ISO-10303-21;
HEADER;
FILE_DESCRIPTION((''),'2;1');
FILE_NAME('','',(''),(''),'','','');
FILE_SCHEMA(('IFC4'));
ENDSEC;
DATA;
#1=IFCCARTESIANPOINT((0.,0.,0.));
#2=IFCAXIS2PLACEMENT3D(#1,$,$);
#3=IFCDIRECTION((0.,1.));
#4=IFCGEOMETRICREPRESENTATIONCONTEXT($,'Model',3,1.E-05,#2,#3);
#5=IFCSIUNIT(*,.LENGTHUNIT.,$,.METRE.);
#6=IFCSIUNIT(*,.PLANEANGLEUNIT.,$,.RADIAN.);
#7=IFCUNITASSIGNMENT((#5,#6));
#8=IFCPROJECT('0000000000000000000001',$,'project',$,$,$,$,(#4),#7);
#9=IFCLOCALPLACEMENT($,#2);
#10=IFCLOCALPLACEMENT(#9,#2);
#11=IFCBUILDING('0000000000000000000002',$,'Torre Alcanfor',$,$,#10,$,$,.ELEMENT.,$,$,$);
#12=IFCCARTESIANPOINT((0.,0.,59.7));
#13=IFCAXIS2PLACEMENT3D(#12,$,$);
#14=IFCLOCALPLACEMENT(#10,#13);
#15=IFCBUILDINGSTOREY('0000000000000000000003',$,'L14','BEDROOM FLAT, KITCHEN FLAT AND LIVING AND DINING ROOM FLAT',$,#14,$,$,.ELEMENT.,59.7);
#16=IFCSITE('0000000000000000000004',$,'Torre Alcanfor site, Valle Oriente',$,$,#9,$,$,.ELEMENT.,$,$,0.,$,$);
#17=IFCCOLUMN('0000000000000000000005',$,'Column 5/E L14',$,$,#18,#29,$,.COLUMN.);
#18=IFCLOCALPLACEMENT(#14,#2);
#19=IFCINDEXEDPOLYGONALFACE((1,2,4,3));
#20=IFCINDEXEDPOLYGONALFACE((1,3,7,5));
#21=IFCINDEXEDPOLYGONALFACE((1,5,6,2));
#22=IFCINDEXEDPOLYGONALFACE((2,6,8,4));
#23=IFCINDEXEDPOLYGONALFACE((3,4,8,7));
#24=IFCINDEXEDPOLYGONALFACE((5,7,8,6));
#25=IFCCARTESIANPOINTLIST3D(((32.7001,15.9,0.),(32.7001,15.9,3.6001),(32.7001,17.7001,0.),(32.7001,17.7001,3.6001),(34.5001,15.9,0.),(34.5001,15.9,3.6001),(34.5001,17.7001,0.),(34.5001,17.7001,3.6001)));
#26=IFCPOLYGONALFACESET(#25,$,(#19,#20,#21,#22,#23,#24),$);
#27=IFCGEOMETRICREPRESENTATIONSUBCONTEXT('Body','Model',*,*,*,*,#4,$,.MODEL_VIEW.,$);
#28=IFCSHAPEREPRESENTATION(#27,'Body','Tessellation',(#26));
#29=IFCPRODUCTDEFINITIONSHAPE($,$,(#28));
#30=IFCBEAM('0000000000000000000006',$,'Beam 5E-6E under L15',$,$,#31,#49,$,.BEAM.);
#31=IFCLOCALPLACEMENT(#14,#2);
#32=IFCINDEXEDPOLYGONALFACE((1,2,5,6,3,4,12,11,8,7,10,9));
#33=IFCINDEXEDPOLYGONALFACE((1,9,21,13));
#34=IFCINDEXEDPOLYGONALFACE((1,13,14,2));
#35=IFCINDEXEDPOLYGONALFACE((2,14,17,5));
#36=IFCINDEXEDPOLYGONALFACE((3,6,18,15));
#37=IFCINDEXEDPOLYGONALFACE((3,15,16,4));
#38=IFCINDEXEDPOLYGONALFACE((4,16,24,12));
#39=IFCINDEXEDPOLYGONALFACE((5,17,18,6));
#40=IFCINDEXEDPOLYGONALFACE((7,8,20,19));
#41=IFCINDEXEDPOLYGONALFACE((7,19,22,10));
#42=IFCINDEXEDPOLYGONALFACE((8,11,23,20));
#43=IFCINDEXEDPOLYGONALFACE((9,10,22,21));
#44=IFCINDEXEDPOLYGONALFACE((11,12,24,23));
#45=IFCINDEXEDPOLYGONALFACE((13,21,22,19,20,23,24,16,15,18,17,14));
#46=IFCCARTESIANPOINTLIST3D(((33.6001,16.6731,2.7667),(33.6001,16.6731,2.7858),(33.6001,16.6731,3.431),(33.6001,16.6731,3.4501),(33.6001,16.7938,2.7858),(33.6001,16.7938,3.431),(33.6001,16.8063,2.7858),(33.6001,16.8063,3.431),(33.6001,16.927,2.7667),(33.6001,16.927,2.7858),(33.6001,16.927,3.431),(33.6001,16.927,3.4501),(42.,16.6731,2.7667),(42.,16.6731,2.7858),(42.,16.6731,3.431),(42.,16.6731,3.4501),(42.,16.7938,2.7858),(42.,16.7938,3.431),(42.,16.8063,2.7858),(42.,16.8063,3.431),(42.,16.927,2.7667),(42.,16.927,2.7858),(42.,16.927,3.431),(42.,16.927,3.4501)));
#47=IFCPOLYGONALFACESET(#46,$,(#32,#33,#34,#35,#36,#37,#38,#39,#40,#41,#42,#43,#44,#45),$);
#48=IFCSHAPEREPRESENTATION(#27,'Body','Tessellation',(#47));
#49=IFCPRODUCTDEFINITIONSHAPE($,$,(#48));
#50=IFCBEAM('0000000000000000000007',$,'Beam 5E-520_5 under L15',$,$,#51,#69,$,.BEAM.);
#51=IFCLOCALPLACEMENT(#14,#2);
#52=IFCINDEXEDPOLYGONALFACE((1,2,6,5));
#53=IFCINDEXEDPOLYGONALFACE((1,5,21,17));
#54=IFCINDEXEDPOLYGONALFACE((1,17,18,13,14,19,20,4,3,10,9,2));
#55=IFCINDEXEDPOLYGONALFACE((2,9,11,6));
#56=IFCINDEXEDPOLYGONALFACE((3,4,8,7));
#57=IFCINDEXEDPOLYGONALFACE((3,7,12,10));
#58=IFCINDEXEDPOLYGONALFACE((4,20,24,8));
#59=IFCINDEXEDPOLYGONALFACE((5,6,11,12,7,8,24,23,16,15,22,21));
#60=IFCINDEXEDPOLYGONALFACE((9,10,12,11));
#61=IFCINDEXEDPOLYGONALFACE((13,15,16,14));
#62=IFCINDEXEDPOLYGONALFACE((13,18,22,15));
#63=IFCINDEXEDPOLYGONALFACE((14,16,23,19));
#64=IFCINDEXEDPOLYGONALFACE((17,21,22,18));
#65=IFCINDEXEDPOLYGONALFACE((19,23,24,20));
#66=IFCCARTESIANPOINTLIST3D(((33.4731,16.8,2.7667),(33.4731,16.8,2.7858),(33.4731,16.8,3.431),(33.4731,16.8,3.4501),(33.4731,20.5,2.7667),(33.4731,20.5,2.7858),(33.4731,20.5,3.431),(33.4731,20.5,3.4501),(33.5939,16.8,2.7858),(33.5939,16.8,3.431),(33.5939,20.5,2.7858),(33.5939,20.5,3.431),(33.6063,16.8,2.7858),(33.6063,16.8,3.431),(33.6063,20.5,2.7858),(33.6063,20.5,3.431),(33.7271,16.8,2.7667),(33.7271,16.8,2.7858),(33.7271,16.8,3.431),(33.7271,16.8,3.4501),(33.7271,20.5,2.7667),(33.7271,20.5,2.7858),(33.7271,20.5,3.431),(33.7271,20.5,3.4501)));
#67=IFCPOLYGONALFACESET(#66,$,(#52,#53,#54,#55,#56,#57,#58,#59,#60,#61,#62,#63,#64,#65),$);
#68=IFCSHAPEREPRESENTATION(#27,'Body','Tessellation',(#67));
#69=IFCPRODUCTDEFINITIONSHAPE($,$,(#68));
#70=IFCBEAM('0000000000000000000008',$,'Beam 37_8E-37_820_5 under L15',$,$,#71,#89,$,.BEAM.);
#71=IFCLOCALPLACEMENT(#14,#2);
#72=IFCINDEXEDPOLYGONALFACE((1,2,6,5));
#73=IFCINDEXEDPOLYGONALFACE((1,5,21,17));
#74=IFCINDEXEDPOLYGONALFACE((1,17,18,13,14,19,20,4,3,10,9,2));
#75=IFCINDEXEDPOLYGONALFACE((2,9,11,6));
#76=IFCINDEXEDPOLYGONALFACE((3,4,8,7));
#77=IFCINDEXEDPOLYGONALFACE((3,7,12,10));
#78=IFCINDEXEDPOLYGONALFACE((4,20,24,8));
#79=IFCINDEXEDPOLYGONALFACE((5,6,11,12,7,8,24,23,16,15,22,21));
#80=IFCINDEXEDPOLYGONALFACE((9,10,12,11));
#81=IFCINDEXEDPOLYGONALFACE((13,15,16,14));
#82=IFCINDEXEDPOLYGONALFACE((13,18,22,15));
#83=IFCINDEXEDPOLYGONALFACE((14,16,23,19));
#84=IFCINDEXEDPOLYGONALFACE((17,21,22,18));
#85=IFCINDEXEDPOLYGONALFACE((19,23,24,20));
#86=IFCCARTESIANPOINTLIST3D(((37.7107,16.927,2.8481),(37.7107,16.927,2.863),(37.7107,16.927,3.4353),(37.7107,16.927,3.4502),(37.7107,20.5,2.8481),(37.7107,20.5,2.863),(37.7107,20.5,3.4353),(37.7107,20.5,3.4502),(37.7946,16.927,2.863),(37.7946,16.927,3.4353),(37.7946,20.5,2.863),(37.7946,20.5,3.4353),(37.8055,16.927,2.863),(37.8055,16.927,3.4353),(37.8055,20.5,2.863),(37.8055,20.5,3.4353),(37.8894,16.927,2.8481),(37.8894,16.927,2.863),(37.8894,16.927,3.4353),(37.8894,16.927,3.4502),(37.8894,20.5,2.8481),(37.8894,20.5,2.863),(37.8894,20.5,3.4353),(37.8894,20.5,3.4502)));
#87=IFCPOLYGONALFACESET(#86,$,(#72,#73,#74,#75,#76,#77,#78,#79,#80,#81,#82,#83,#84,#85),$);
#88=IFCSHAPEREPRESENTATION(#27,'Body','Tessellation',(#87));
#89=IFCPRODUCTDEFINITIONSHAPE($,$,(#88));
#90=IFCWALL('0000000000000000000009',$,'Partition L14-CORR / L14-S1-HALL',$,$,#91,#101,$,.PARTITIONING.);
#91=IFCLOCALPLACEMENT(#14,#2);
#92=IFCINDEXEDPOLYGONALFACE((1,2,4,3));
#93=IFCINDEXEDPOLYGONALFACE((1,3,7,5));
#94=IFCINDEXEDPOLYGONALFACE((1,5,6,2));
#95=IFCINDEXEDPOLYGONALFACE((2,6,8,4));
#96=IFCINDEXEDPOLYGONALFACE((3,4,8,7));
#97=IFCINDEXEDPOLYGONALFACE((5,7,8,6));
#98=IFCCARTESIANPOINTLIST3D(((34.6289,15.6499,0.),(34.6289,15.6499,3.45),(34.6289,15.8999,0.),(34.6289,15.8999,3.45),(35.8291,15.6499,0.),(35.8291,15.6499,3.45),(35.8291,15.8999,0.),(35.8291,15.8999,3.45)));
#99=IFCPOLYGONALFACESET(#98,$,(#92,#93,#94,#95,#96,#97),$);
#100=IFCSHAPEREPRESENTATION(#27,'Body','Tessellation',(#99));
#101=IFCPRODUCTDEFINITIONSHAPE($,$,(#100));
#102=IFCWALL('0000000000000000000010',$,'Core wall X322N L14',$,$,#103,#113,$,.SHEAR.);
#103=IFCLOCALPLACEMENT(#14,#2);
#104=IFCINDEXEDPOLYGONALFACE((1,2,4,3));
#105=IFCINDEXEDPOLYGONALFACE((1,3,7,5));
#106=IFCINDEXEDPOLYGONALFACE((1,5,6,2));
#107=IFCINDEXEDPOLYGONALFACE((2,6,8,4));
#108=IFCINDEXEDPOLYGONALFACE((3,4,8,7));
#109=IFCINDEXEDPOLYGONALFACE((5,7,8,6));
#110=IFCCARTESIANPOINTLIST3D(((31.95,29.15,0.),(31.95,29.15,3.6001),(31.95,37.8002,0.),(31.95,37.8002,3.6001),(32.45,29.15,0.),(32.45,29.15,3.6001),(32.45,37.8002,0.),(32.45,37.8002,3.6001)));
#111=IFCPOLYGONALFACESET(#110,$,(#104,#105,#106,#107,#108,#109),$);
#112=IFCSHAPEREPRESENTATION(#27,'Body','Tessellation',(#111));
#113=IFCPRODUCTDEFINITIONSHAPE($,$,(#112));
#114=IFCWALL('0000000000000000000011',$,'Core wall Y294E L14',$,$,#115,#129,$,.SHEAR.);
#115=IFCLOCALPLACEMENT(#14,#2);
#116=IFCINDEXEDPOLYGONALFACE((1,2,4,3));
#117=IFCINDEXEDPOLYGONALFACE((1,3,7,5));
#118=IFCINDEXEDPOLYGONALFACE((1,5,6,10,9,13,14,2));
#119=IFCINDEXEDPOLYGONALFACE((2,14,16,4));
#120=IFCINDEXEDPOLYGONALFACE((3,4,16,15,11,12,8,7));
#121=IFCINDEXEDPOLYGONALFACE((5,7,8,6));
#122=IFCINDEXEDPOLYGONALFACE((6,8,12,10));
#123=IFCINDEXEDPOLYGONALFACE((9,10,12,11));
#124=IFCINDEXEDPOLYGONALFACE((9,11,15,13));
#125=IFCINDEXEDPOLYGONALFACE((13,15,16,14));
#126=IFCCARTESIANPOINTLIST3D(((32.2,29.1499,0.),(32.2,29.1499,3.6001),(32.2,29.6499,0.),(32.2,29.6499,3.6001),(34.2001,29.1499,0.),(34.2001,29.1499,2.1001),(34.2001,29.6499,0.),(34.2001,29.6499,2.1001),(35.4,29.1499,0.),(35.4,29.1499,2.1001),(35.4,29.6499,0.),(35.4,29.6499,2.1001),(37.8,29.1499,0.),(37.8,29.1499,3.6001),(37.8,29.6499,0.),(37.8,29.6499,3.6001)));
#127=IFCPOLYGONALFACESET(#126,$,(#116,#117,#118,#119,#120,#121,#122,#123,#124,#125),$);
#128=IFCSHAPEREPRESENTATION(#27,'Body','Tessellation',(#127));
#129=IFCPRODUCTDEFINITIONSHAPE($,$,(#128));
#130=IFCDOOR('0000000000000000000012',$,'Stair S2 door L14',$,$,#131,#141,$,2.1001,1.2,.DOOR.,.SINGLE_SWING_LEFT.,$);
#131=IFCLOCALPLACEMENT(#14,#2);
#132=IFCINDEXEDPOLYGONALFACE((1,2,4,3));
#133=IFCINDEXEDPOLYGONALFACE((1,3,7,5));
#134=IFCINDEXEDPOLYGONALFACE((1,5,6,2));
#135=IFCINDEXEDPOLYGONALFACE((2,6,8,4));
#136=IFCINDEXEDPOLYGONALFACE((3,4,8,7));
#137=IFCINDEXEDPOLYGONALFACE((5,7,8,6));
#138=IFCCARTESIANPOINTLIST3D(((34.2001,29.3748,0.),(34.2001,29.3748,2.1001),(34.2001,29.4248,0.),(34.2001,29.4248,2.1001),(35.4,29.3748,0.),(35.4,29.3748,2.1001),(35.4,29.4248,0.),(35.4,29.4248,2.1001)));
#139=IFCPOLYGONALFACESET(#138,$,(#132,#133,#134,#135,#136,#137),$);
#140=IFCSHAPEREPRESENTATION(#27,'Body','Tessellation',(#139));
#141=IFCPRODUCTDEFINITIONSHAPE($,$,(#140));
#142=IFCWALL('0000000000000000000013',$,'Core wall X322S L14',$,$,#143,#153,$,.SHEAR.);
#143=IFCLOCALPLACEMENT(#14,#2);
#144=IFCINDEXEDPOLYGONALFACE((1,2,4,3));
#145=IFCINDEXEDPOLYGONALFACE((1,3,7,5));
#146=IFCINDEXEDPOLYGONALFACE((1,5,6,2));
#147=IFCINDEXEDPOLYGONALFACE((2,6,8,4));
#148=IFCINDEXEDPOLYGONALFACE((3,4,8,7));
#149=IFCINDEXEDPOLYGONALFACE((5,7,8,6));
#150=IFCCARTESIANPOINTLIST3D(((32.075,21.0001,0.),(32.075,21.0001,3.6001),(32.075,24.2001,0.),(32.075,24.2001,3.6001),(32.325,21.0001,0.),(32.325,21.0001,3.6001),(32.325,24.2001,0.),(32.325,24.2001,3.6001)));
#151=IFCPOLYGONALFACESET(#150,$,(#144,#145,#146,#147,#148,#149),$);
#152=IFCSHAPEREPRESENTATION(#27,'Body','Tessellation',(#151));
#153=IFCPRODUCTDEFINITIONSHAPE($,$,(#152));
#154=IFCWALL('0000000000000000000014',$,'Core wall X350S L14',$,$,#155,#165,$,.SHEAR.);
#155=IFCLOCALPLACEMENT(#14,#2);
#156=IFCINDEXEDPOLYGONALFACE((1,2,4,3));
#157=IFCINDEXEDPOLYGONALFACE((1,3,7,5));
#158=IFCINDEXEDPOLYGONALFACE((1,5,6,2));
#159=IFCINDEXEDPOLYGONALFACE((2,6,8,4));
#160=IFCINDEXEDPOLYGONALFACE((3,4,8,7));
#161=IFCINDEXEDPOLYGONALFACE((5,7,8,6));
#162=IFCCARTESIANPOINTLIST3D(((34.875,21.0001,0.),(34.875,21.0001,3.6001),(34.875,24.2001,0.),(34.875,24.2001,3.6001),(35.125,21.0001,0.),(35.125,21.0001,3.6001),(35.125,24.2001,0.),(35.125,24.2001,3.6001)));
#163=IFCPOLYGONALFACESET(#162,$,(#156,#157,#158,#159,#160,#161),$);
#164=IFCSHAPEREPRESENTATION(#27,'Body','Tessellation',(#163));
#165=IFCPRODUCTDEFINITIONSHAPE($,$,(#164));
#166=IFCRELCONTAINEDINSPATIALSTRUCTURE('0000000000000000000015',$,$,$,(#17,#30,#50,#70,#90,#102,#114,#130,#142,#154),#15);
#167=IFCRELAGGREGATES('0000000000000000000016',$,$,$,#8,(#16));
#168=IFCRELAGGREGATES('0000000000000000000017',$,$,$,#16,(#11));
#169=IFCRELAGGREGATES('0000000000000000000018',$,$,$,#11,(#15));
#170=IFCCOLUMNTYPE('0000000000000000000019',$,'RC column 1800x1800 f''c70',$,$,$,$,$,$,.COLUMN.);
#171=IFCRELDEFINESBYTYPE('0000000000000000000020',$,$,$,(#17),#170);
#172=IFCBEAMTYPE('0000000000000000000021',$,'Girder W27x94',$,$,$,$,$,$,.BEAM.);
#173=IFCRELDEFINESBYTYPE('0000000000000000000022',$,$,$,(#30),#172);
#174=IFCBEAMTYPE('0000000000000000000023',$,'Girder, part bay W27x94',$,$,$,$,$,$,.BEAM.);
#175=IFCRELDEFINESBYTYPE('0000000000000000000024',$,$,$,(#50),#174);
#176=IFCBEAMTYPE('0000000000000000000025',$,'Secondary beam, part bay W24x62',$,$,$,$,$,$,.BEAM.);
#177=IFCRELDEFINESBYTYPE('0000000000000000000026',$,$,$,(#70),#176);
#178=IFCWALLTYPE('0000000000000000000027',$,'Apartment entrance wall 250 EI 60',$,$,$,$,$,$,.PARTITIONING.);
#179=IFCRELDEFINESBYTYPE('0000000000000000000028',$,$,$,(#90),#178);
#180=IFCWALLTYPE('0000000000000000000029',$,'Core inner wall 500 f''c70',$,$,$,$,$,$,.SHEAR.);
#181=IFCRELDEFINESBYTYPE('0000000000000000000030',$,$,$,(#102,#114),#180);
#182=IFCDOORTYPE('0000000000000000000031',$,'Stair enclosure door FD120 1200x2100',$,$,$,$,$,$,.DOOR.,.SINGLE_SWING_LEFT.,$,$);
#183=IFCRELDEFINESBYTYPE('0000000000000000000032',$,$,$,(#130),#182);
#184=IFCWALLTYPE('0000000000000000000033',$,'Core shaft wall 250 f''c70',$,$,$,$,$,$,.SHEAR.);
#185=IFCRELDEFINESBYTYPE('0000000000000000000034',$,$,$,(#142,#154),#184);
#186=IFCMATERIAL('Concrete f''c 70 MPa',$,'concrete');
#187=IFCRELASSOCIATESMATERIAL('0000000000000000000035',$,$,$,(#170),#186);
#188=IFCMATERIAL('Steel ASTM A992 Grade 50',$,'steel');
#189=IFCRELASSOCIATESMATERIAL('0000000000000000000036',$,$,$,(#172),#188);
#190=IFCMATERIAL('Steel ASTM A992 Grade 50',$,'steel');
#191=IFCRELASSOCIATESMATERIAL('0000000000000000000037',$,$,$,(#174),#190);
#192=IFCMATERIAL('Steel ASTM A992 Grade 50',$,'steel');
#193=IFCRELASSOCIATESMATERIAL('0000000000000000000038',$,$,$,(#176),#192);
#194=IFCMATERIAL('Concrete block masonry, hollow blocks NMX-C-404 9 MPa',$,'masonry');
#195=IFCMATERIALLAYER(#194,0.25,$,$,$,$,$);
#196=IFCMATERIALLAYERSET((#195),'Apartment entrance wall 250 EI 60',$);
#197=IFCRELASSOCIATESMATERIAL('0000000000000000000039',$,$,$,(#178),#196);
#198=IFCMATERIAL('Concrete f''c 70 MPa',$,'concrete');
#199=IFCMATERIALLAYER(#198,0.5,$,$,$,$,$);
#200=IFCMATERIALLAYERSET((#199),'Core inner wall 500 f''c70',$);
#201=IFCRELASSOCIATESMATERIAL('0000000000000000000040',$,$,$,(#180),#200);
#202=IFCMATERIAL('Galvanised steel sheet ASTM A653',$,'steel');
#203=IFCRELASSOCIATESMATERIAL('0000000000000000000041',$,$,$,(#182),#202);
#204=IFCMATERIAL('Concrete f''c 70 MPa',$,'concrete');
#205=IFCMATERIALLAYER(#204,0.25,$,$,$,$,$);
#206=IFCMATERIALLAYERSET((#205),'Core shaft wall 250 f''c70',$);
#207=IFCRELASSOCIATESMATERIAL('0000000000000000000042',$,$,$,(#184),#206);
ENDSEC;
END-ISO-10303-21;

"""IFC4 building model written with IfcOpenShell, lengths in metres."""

from ifc_helpers import new_model, si_unit, direction, frame, frame_2d, origin, origin_2d, place, context, subcontext, project, spatial, rectangle, i_section, extrude, material, layer, layer_set, material_profile, profile_set, type_object, element, fill, save


model = new_model("IFC4")

# Units and contexts
model_context = context("Model", 3, precision=1e-05, world=origin(), true_north=direction((0.0, 1.0)))
body_context = subcontext(model_context, "Body", "Model", "MODEL_VIEW")
ifc_project = project(units=[si_unit("LENGTHUNIT", "METRE"), si_unit("PLANEANGLEUNIT", "RADIAN")], contexts=[model_context])

# Site, building, storey
site_placement = place(None, origin())
site = spatial("IfcSite", under=ifc_project, at=site_placement, Name="Torre Alcanfor site, Valle Oriente", CompositionType="ELEMENT", RefElevation=0.0)
building_placement = place(site_placement, origin())
building = spatial("IfcBuilding", under=site, at=building_placement, Name="Torre Alcanfor", CompositionType="ELEMENT")
storey_placement = place(building_placement, frame((0.0, 0.0, 59.7)))
storey = spatial("IfcBuildingStorey", under=building, at=storey_placement, Name="L14", Description="BEDROOM FLAT, KITCHEN FLAT AND LIVING AND DINING ROOM FLAT", CompositionType="ELEMENT", Elevation=59.7)

# Column
ifc_material_1 = material(Name="Concrete f'c 70 MPa", Category="concrete")
ifc_material_profile_1 = material_profile(ifc_material_1, rectangle(XDim=1.8, YDim=1.8, at=origin_2d()), Name="1800x1800")
ifc_profile_set_1 = profile_set([ifc_material_profile_1], Name="Concrete f'c 70 MPa")
column_type = type_object("IfcColumnType", Name="RC column 1800x1800 f'c70", PredefinedType="COLUMN", material=ifc_profile_set_1)
column_placement = place(storey_placement, frame((33.6001, 16.8, 0.0), z_axis=(0.0, 0.0, 1.0), x_axis=(1.0, 0.0, 0.0)))
element("IfcColumn", 1, at=column_placement, inside=storey, type_object=column_type, Name="Column 5/E L14", PredefinedType="COLUMN", context=body_context, shape_type="SweptSolid", body=[
    extrude(rectangle(XDim=1.8, YDim=1.8, at=origin_2d()), origin(), (0.0, 0.0, 1.0), 3.6001),
])

# Beams
ifc_material_2 = material(Name="Steel ASTM A992 Grade 50", Category="steel")
ifc_material_profile_2 = material_profile(ifc_material_2, i_section(OverallWidth=0.2539, OverallDepth=0.6833, WebThickness=0.0125, FlangeThickness=0.019, at=origin_2d()), Name="W27x94")
ifc_profile_set_2 = profile_set([ifc_material_profile_2], Name="Steel ASTM A992 Grade 50")
beam_type_1 = type_object("IfcBeamType", Name="Girder W27x94", PredefinedType="BEAM", material=ifc_profile_set_2)
beam_1_placement = place(storey_placement, frame((33.6001, 16.8, 3.1084), z_axis=(1.0, 0.0, 0.0), x_axis=(0.0, 1.0, 0.0)))
element("IfcBeam", 2, at=beam_1_placement, inside=storey, type_object=beam_type_1, Name="Beam 5E-6E under L15", PredefinedType="BEAM", context=body_context, shape_type="SweptSolid", body=[
    extrude(i_section(OverallWidth=0.2539, OverallDepth=0.6833, WebThickness=0.0125, FlangeThickness=0.019, at=origin_2d()), origin(), (0.0, 0.0, 1.0), 8.3999),
])
ifc_material_3 = material(Name="Steel ASTM A992 Grade 50", Category="steel")
ifc_material_profile_3 = material_profile(ifc_material_3, i_section(OverallWidth=0.2539, OverallDepth=0.6833, WebThickness=0.0125, FlangeThickness=0.019, at=origin_2d()), Name="W27x94")
ifc_profile_set_3 = profile_set([ifc_material_profile_3], Name="Steel ASTM A992 Grade 50")
beam_type_2 = type_object("IfcBeamType", Name="Girder, part bay W27x94", PredefinedType="BEAM", material=ifc_profile_set_3)
beam_2_placement = place(storey_placement, frame((33.6001, 16.8, 3.1084), z_axis=(0.0, 1.0, 0.0), x_axis=(-1.0, 0.0, 0.0)))
element("IfcBeam", 3, at=beam_2_placement, inside=storey, type_object=beam_type_2, Name="Beam 5E-520_5 under L15", PredefinedType="BEAM", context=body_context, shape_type="SweptSolid", body=[
    extrude(i_section(OverallWidth=0.2539, OverallDepth=0.6833, WebThickness=0.0125, FlangeThickness=0.019, at=origin_2d()), origin(), (0.0, 0.0, 1.0), 3.7),
])
ifc_material_4 = material(Name="Steel ASTM A992 Grade 50", Category="steel")
ifc_material_profile_4 = material_profile(ifc_material_4, i_section(OverallWidth=0.1787, OverallDepth=0.6021, WebThickness=0.011, FlangeThickness=0.0149, at=origin_2d()), Name="W24x62")
ifc_profile_set_4 = profile_set([ifc_material_profile_4], Name="Steel ASTM A992 Grade 50")
beam_type_3 = type_object("IfcBeamType", Name="Secondary beam, part bay W24x62", PredefinedType="BEAM", material=ifc_profile_set_4)
beam_3_placement = place(storey_placement, frame((37.8, 16.927, 3.1492), z_axis=(0.0, 1.0, 0.0), x_axis=(-1.0, 0.0, 0.0)))
element("IfcBeam", 4, at=beam_3_placement, inside=storey, type_object=beam_type_3, Name="Beam 37_8E-37_820_5 under L15", PredefinedType="BEAM", context=body_context, shape_type="SweptSolid", body=[
    extrude(i_section(OverallWidth=0.1787, OverallDepth=0.6021, WebThickness=0.011, FlangeThickness=0.0149, at=origin_2d()), origin(), (0.0, 0.0, 1.0), 3.573),
])

# Walls
ifc_material_5 = material(Name="Concrete block masonry, hollow blocks NMX-C-404 9 MPa", Category="masonry")
ifc_layer_1 = layer(ifc_material_5, 0.25)
ifc_layer_set_1 = layer_set([ifc_layer_1], Name="Apartment entrance wall 250 EI 60")
wall_type_1 = type_object("IfcWallType", Name="Apartment entrance wall 250 EI 60", PredefinedType="PARTITIONING", material=ifc_layer_set_1)
wall_1_placement = place(storey_placement, frame((35.8291, 15.7749, 0.0), z_axis=(0.0, 0.0, 1.0), x_axis=(-1.0, 0.0, 0.0)))
element("IfcWall", 5, at=wall_1_placement, inside=storey, type_object=wall_type_1, Name="Partition L14-CORR / L14-S1-HALL", PredefinedType="PARTITIONING", context=body_context, shape_type="SweptSolid", body=[
    extrude(rectangle(XDim=1.2002, YDim=0.25, at=frame_2d((0.6001, 0.0))), origin(), (0.0, 0.0, 1.0), 3.45),
])
ifc_material_6 = material(Name="Concrete f'c 70 MPa", Category="concrete")
ifc_layer_2 = layer(ifc_material_6, 0.5)
ifc_layer_set_2 = layer_set([ifc_layer_2], Name="Core inner wall 500 f'c70")
wall_type_2 = type_object("IfcWallType", Name="Core inner wall 500 f'c70", PredefinedType="SHEAR", material=ifc_layer_set_2)
wall_2_placement = place(storey_placement, frame((32.2, 29.1499, 0.0), z_axis=(0.0, 0.0, 1.0), x_axis=(0.0, 1.0, 0.0)))
element("IfcWall", 6, at=wall_2_placement, inside=storey, type_object=wall_type_2, Name="Core wall X322N L14", PredefinedType="SHEAR", context=body_context, shape_type="SweptSolid", body=[
    extrude(rectangle(XDim=8.6501, YDim=0.5, at=frame_2d((4.3252, 0.0))), origin(), (0.0, 0.0, 1.0), 3.6001),
])

# Wall, opening, door
wall_3_placement = place(storey_placement, frame((32.2, 29.3999, 0.0), z_axis=(0.0, 0.0, 1.0), x_axis=(1.0, 0.0, 0.0)))
wall_3 = element("IfcWall", 7, at=wall_3_placement, inside=storey, type_object=wall_type_2, Name="Core wall Y294E L14", PredefinedType="SHEAR", context=body_context, shape_type="SweptSolid", body=[
    extrude(rectangle(XDim=5.6001, YDim=0.5, at=frame_2d((2.8, 0.0))), origin(), (0.0, 0.0, 1.0), 3.6001),
])
opening_1_placement = place(wall_3_placement, frame((2.0, 0.0, 0.0)))
opening_1 = element("IfcOpeningElement", 8, at=opening_1_placement, cuts=wall_3, PredefinedType="OPENING", context=body_context, shape_type="SweptSolid", body=[
    extrude(rectangle(XDim=1.2, YDim=2.1001, at=frame_2d((0.6001, 1.05))), frame((0.0, 0.26, 0.0), z_axis=(0.0, -1.0, 0.0), x_axis=(1.0, 0.0, 0.0)), (0.0, 0.0, 1.0), 0.52),
])
ifc_material_7 = material(Name="Galvanised steel sheet ASTM A653", Category="steel")
door_type_1 = type_object("IfcDoorType", Name="Stair enclosure door FD120 1200x2100", OperationType="SINGLE_SWING_LEFT", PredefinedType="DOOR", material=ifc_material_7)
door_1_placement = place(opening_1_placement, origin())
door_1 = element("IfcDoor", 9, at=door_1_placement, inside=storey, type_object=door_type_1, Name="Stair S2 door L14", OperationType="SINGLE_SWING_LEFT", OverallHeight=2.1001, OverallWidth=1.2, PredefinedType="DOOR", context=body_context, shape_type="SweptSolid", body=[
    extrude(rectangle(XDim=1.2, YDim=2.1001, at=frame_2d((0.6001, 1.05))), frame((0.0, 0.0249, 0.0), z_axis=(0.0, -1.0, 0.0), x_axis=(1.0, 0.0, 0.0)), (0.0, 0.0, 1.0), 0.05),
])
fill(opening_1, door_1)

# Walls
ifc_material_8 = material(Name="Concrete f'c 70 MPa", Category="concrete")
ifc_layer_3 = layer(ifc_material_8, 0.25)
ifc_layer_set_3 = layer_set([ifc_layer_3], Name="Core shaft wall 250 f'c70")
wall_type_3 = type_object("IfcWallType", Name="Core shaft wall 250 f'c70", PredefinedType="SHEAR", material=ifc_layer_set_3)
for number, where, z_axis, x_axis, name in (
    (10, (32.2, 21.0, 0.0), (0.0, 0.0, 1.0), (0.0, 1.0, 0.0), "Core wall X322S L14"),
    (11, (35.0, 21.0, 0.0), (0.0, 0.0, 1.0), (0.0, 1.0, 0.0), "Core wall X350S L14"),
):
    element("IfcWall", number, at=place(storey_placement, frame(where, z_axis=z_axis, x_axis=x_axis)), inside=storey, type_object=wall_type_3, Name=name, PredefinedType="SHEAR", context=body_context, shape_type="SweptSolid", body=[
        extrude(rectangle(XDim=3.2, YDim=0.25, at=frame_2d((1.6001, 0.0))), origin(), (0.0, 0.0, 1.0), 3.6001),
    ])

save(model, "model.ifc")
